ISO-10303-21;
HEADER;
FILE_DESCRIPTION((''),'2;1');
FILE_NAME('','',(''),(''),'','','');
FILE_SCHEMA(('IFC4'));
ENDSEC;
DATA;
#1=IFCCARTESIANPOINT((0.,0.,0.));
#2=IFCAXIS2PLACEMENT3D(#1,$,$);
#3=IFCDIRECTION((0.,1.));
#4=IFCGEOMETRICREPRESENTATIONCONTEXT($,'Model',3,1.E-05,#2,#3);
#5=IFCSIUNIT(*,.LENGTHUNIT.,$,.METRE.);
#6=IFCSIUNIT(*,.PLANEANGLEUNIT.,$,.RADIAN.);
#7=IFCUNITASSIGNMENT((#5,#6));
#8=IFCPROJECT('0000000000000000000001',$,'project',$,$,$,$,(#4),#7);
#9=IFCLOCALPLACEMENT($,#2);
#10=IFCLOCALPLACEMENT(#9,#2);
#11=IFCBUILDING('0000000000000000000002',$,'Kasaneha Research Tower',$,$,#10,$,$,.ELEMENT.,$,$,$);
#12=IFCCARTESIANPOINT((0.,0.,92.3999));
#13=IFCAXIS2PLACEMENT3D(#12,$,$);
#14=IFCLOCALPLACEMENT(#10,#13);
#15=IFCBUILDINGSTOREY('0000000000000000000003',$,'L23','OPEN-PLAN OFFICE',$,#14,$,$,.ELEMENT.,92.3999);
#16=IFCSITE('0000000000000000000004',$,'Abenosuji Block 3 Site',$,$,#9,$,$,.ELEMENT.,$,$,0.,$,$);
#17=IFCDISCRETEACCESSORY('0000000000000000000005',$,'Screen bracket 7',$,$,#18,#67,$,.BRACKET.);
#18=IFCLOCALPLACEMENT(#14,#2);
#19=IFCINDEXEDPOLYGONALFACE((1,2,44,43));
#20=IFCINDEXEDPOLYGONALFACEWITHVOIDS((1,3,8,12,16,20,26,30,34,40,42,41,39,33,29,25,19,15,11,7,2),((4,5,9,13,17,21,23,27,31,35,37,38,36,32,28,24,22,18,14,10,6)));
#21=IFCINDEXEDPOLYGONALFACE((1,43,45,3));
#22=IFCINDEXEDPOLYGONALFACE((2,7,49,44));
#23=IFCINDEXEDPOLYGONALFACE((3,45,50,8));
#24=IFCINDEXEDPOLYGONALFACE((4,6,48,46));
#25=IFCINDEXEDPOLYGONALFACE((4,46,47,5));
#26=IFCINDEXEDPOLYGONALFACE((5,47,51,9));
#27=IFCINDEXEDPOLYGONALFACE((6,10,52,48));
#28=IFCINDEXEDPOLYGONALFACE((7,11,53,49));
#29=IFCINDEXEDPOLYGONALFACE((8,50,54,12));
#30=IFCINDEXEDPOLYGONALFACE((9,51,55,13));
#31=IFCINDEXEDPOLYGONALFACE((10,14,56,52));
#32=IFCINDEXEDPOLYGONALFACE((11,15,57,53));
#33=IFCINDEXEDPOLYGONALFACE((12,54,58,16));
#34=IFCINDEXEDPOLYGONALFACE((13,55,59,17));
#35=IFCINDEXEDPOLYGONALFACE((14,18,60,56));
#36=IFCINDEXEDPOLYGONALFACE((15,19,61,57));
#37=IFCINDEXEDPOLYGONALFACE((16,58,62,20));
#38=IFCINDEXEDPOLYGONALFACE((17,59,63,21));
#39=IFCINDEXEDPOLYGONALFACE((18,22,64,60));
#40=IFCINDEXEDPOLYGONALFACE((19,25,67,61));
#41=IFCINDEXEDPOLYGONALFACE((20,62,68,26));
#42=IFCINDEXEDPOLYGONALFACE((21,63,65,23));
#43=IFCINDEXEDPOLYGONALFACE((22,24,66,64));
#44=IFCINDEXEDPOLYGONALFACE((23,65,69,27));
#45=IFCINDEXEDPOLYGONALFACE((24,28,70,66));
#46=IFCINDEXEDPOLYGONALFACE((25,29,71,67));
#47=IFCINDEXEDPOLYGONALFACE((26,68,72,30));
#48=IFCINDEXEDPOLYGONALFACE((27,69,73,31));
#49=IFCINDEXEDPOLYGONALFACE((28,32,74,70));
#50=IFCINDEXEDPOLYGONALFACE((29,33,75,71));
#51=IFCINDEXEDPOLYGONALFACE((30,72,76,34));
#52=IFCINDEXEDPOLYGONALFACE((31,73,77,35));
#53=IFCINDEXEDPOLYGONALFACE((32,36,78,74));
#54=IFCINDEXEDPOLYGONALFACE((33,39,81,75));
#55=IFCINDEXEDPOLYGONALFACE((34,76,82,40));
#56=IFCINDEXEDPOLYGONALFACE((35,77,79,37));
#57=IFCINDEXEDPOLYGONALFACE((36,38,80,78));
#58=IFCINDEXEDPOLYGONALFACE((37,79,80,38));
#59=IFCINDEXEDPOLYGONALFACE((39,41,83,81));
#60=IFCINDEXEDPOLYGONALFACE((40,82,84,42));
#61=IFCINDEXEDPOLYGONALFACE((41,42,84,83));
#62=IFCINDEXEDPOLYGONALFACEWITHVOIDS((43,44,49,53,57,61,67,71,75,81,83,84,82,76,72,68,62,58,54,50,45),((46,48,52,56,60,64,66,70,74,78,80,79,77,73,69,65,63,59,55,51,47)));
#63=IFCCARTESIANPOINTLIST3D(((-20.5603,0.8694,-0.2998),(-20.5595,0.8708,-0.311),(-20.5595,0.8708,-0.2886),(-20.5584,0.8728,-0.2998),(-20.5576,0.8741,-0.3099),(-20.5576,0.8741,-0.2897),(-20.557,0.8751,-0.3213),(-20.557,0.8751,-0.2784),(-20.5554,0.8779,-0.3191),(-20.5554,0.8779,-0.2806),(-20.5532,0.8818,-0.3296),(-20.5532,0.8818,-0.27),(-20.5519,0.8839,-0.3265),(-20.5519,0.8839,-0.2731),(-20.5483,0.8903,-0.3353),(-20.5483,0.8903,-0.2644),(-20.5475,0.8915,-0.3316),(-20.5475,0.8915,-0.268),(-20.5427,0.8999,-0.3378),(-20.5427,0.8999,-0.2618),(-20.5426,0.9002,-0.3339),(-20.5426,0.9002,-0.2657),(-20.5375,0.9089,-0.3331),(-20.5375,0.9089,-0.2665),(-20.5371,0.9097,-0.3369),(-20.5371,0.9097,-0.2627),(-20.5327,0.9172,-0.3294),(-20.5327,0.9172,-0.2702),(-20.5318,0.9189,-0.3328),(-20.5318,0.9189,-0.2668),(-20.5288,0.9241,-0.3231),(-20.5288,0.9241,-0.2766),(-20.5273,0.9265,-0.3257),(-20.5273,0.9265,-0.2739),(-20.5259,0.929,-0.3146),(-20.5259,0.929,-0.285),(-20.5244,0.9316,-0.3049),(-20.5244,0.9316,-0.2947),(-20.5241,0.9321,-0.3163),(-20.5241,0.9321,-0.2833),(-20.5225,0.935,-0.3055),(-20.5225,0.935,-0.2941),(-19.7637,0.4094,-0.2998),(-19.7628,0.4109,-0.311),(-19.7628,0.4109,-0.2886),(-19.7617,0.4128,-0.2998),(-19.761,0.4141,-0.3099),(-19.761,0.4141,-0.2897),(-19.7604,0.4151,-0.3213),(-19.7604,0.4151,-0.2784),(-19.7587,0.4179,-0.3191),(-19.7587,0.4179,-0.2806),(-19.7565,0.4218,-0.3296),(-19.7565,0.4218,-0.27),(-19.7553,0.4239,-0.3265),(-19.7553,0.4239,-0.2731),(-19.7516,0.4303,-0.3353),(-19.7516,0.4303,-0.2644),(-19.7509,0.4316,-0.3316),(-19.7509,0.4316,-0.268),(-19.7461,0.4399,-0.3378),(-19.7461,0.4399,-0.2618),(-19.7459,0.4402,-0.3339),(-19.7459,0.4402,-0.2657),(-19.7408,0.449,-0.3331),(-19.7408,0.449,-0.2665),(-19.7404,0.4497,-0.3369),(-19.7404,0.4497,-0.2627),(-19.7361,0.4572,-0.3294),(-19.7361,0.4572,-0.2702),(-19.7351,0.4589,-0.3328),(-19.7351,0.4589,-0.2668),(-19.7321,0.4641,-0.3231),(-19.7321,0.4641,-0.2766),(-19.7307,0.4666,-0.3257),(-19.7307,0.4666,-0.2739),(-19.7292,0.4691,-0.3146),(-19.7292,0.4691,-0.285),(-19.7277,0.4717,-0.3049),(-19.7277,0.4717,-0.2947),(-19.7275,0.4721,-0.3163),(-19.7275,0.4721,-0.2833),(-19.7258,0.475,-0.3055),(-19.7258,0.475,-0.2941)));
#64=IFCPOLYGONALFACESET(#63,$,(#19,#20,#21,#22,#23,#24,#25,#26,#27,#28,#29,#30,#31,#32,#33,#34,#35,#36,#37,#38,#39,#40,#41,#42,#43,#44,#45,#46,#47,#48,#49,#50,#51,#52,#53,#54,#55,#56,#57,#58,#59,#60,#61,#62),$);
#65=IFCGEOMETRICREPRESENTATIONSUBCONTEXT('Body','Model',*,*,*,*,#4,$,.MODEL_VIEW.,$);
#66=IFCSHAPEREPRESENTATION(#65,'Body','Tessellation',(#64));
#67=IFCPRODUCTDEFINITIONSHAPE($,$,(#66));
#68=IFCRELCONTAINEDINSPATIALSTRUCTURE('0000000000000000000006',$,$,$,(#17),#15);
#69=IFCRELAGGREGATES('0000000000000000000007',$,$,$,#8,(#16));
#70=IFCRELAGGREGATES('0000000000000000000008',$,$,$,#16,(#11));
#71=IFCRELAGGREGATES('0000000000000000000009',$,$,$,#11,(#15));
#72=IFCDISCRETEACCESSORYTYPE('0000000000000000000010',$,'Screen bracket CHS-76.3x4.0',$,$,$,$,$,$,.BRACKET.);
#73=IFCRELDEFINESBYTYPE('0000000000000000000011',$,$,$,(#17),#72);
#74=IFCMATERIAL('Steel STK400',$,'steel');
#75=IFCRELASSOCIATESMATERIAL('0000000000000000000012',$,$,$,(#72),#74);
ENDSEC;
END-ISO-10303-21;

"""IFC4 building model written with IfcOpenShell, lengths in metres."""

from ifc_helpers import new_model, si_unit, direction, frame, origin, origin_2d, place, context, subcontext, project, spatial, hollow_circle, extrude, material, material_profile, profile_set, type_object, element, save


model = new_model("IFC4")

# Units and contexts
model_context = context("Model", 3, precision=1e-05, world=origin(), true_north=direction((0.0, 1.0)))
body_context = subcontext(model_context, "Body", "Model", "MODEL_VIEW")
ifc_project = project(units=[si_unit("LENGTHUNIT", "METRE"), si_unit("PLANEANGLEUNIT", "RADIAN")], contexts=[model_context])

# Site, building, storey
site_placement = place(None, origin())
site = spatial("IfcSite", under=ifc_project, at=site_placement, Name="Abenosuji Block 3 Site", CompositionType="ELEMENT", RefElevation=0.0)
building_placement = place(site_placement, origin())
building = spatial("IfcBuilding", under=site, at=building_placement, Name="Kasaneha Research Tower", CompositionType="ELEMENT")
storey_placement = place(building_placement, frame((0.0, 0.0, 92.3999)))
storey = spatial("IfcBuildingStorey", under=building, at=storey_placement, Name="L23", Description="OPEN-PLAN OFFICE", CompositionType="ELEMENT", Elevation=92.3999)

# Discrete accessory
ifc_material_1 = material(Name="Steel STK400", Category="steel")
ifc_material_profile_1 = material_profile(ifc_material_1, hollow_circle(Radius=0.0381, WallThickness=0.0039, at=origin_2d()), Name="CHS-76.3x4.0")
ifc_profile_set_1 = profile_set([ifc_material_profile_1], Name="Steel STK400")
discrete_accessory_type = type_object("IfcDiscreteAccessoryType", Name="Screen bracket CHS-76.3x4.0", PredefinedType="BRACKET", material=ifc_profile_set_1)
for number, where, z_axis, x_axis, name in (
    (1, (-19.7446, 0.4424, -0.2998), (-0.866013, 0.500021, 0.0), (-0.500021, -0.866013, 0.0), "Screen bracket 7"),
):
    element("IfcDiscreteAccessory", number, at=place(storey_placement, frame(where, z_axis=z_axis, x_axis=x_axis)), inside=storey, type_object=discrete_accessory_type, Name=name, PredefinedType="BRACKET", context=body_context, shape_type="SweptSolid", body=[
        extrude(hollow_circle(Radius=0.0381, WallThickness=0.0039, at=origin_2d()), origin(), (0.0, 0.0, 1.0), 0.9199),
    ])

save(model, "model.ifc")
